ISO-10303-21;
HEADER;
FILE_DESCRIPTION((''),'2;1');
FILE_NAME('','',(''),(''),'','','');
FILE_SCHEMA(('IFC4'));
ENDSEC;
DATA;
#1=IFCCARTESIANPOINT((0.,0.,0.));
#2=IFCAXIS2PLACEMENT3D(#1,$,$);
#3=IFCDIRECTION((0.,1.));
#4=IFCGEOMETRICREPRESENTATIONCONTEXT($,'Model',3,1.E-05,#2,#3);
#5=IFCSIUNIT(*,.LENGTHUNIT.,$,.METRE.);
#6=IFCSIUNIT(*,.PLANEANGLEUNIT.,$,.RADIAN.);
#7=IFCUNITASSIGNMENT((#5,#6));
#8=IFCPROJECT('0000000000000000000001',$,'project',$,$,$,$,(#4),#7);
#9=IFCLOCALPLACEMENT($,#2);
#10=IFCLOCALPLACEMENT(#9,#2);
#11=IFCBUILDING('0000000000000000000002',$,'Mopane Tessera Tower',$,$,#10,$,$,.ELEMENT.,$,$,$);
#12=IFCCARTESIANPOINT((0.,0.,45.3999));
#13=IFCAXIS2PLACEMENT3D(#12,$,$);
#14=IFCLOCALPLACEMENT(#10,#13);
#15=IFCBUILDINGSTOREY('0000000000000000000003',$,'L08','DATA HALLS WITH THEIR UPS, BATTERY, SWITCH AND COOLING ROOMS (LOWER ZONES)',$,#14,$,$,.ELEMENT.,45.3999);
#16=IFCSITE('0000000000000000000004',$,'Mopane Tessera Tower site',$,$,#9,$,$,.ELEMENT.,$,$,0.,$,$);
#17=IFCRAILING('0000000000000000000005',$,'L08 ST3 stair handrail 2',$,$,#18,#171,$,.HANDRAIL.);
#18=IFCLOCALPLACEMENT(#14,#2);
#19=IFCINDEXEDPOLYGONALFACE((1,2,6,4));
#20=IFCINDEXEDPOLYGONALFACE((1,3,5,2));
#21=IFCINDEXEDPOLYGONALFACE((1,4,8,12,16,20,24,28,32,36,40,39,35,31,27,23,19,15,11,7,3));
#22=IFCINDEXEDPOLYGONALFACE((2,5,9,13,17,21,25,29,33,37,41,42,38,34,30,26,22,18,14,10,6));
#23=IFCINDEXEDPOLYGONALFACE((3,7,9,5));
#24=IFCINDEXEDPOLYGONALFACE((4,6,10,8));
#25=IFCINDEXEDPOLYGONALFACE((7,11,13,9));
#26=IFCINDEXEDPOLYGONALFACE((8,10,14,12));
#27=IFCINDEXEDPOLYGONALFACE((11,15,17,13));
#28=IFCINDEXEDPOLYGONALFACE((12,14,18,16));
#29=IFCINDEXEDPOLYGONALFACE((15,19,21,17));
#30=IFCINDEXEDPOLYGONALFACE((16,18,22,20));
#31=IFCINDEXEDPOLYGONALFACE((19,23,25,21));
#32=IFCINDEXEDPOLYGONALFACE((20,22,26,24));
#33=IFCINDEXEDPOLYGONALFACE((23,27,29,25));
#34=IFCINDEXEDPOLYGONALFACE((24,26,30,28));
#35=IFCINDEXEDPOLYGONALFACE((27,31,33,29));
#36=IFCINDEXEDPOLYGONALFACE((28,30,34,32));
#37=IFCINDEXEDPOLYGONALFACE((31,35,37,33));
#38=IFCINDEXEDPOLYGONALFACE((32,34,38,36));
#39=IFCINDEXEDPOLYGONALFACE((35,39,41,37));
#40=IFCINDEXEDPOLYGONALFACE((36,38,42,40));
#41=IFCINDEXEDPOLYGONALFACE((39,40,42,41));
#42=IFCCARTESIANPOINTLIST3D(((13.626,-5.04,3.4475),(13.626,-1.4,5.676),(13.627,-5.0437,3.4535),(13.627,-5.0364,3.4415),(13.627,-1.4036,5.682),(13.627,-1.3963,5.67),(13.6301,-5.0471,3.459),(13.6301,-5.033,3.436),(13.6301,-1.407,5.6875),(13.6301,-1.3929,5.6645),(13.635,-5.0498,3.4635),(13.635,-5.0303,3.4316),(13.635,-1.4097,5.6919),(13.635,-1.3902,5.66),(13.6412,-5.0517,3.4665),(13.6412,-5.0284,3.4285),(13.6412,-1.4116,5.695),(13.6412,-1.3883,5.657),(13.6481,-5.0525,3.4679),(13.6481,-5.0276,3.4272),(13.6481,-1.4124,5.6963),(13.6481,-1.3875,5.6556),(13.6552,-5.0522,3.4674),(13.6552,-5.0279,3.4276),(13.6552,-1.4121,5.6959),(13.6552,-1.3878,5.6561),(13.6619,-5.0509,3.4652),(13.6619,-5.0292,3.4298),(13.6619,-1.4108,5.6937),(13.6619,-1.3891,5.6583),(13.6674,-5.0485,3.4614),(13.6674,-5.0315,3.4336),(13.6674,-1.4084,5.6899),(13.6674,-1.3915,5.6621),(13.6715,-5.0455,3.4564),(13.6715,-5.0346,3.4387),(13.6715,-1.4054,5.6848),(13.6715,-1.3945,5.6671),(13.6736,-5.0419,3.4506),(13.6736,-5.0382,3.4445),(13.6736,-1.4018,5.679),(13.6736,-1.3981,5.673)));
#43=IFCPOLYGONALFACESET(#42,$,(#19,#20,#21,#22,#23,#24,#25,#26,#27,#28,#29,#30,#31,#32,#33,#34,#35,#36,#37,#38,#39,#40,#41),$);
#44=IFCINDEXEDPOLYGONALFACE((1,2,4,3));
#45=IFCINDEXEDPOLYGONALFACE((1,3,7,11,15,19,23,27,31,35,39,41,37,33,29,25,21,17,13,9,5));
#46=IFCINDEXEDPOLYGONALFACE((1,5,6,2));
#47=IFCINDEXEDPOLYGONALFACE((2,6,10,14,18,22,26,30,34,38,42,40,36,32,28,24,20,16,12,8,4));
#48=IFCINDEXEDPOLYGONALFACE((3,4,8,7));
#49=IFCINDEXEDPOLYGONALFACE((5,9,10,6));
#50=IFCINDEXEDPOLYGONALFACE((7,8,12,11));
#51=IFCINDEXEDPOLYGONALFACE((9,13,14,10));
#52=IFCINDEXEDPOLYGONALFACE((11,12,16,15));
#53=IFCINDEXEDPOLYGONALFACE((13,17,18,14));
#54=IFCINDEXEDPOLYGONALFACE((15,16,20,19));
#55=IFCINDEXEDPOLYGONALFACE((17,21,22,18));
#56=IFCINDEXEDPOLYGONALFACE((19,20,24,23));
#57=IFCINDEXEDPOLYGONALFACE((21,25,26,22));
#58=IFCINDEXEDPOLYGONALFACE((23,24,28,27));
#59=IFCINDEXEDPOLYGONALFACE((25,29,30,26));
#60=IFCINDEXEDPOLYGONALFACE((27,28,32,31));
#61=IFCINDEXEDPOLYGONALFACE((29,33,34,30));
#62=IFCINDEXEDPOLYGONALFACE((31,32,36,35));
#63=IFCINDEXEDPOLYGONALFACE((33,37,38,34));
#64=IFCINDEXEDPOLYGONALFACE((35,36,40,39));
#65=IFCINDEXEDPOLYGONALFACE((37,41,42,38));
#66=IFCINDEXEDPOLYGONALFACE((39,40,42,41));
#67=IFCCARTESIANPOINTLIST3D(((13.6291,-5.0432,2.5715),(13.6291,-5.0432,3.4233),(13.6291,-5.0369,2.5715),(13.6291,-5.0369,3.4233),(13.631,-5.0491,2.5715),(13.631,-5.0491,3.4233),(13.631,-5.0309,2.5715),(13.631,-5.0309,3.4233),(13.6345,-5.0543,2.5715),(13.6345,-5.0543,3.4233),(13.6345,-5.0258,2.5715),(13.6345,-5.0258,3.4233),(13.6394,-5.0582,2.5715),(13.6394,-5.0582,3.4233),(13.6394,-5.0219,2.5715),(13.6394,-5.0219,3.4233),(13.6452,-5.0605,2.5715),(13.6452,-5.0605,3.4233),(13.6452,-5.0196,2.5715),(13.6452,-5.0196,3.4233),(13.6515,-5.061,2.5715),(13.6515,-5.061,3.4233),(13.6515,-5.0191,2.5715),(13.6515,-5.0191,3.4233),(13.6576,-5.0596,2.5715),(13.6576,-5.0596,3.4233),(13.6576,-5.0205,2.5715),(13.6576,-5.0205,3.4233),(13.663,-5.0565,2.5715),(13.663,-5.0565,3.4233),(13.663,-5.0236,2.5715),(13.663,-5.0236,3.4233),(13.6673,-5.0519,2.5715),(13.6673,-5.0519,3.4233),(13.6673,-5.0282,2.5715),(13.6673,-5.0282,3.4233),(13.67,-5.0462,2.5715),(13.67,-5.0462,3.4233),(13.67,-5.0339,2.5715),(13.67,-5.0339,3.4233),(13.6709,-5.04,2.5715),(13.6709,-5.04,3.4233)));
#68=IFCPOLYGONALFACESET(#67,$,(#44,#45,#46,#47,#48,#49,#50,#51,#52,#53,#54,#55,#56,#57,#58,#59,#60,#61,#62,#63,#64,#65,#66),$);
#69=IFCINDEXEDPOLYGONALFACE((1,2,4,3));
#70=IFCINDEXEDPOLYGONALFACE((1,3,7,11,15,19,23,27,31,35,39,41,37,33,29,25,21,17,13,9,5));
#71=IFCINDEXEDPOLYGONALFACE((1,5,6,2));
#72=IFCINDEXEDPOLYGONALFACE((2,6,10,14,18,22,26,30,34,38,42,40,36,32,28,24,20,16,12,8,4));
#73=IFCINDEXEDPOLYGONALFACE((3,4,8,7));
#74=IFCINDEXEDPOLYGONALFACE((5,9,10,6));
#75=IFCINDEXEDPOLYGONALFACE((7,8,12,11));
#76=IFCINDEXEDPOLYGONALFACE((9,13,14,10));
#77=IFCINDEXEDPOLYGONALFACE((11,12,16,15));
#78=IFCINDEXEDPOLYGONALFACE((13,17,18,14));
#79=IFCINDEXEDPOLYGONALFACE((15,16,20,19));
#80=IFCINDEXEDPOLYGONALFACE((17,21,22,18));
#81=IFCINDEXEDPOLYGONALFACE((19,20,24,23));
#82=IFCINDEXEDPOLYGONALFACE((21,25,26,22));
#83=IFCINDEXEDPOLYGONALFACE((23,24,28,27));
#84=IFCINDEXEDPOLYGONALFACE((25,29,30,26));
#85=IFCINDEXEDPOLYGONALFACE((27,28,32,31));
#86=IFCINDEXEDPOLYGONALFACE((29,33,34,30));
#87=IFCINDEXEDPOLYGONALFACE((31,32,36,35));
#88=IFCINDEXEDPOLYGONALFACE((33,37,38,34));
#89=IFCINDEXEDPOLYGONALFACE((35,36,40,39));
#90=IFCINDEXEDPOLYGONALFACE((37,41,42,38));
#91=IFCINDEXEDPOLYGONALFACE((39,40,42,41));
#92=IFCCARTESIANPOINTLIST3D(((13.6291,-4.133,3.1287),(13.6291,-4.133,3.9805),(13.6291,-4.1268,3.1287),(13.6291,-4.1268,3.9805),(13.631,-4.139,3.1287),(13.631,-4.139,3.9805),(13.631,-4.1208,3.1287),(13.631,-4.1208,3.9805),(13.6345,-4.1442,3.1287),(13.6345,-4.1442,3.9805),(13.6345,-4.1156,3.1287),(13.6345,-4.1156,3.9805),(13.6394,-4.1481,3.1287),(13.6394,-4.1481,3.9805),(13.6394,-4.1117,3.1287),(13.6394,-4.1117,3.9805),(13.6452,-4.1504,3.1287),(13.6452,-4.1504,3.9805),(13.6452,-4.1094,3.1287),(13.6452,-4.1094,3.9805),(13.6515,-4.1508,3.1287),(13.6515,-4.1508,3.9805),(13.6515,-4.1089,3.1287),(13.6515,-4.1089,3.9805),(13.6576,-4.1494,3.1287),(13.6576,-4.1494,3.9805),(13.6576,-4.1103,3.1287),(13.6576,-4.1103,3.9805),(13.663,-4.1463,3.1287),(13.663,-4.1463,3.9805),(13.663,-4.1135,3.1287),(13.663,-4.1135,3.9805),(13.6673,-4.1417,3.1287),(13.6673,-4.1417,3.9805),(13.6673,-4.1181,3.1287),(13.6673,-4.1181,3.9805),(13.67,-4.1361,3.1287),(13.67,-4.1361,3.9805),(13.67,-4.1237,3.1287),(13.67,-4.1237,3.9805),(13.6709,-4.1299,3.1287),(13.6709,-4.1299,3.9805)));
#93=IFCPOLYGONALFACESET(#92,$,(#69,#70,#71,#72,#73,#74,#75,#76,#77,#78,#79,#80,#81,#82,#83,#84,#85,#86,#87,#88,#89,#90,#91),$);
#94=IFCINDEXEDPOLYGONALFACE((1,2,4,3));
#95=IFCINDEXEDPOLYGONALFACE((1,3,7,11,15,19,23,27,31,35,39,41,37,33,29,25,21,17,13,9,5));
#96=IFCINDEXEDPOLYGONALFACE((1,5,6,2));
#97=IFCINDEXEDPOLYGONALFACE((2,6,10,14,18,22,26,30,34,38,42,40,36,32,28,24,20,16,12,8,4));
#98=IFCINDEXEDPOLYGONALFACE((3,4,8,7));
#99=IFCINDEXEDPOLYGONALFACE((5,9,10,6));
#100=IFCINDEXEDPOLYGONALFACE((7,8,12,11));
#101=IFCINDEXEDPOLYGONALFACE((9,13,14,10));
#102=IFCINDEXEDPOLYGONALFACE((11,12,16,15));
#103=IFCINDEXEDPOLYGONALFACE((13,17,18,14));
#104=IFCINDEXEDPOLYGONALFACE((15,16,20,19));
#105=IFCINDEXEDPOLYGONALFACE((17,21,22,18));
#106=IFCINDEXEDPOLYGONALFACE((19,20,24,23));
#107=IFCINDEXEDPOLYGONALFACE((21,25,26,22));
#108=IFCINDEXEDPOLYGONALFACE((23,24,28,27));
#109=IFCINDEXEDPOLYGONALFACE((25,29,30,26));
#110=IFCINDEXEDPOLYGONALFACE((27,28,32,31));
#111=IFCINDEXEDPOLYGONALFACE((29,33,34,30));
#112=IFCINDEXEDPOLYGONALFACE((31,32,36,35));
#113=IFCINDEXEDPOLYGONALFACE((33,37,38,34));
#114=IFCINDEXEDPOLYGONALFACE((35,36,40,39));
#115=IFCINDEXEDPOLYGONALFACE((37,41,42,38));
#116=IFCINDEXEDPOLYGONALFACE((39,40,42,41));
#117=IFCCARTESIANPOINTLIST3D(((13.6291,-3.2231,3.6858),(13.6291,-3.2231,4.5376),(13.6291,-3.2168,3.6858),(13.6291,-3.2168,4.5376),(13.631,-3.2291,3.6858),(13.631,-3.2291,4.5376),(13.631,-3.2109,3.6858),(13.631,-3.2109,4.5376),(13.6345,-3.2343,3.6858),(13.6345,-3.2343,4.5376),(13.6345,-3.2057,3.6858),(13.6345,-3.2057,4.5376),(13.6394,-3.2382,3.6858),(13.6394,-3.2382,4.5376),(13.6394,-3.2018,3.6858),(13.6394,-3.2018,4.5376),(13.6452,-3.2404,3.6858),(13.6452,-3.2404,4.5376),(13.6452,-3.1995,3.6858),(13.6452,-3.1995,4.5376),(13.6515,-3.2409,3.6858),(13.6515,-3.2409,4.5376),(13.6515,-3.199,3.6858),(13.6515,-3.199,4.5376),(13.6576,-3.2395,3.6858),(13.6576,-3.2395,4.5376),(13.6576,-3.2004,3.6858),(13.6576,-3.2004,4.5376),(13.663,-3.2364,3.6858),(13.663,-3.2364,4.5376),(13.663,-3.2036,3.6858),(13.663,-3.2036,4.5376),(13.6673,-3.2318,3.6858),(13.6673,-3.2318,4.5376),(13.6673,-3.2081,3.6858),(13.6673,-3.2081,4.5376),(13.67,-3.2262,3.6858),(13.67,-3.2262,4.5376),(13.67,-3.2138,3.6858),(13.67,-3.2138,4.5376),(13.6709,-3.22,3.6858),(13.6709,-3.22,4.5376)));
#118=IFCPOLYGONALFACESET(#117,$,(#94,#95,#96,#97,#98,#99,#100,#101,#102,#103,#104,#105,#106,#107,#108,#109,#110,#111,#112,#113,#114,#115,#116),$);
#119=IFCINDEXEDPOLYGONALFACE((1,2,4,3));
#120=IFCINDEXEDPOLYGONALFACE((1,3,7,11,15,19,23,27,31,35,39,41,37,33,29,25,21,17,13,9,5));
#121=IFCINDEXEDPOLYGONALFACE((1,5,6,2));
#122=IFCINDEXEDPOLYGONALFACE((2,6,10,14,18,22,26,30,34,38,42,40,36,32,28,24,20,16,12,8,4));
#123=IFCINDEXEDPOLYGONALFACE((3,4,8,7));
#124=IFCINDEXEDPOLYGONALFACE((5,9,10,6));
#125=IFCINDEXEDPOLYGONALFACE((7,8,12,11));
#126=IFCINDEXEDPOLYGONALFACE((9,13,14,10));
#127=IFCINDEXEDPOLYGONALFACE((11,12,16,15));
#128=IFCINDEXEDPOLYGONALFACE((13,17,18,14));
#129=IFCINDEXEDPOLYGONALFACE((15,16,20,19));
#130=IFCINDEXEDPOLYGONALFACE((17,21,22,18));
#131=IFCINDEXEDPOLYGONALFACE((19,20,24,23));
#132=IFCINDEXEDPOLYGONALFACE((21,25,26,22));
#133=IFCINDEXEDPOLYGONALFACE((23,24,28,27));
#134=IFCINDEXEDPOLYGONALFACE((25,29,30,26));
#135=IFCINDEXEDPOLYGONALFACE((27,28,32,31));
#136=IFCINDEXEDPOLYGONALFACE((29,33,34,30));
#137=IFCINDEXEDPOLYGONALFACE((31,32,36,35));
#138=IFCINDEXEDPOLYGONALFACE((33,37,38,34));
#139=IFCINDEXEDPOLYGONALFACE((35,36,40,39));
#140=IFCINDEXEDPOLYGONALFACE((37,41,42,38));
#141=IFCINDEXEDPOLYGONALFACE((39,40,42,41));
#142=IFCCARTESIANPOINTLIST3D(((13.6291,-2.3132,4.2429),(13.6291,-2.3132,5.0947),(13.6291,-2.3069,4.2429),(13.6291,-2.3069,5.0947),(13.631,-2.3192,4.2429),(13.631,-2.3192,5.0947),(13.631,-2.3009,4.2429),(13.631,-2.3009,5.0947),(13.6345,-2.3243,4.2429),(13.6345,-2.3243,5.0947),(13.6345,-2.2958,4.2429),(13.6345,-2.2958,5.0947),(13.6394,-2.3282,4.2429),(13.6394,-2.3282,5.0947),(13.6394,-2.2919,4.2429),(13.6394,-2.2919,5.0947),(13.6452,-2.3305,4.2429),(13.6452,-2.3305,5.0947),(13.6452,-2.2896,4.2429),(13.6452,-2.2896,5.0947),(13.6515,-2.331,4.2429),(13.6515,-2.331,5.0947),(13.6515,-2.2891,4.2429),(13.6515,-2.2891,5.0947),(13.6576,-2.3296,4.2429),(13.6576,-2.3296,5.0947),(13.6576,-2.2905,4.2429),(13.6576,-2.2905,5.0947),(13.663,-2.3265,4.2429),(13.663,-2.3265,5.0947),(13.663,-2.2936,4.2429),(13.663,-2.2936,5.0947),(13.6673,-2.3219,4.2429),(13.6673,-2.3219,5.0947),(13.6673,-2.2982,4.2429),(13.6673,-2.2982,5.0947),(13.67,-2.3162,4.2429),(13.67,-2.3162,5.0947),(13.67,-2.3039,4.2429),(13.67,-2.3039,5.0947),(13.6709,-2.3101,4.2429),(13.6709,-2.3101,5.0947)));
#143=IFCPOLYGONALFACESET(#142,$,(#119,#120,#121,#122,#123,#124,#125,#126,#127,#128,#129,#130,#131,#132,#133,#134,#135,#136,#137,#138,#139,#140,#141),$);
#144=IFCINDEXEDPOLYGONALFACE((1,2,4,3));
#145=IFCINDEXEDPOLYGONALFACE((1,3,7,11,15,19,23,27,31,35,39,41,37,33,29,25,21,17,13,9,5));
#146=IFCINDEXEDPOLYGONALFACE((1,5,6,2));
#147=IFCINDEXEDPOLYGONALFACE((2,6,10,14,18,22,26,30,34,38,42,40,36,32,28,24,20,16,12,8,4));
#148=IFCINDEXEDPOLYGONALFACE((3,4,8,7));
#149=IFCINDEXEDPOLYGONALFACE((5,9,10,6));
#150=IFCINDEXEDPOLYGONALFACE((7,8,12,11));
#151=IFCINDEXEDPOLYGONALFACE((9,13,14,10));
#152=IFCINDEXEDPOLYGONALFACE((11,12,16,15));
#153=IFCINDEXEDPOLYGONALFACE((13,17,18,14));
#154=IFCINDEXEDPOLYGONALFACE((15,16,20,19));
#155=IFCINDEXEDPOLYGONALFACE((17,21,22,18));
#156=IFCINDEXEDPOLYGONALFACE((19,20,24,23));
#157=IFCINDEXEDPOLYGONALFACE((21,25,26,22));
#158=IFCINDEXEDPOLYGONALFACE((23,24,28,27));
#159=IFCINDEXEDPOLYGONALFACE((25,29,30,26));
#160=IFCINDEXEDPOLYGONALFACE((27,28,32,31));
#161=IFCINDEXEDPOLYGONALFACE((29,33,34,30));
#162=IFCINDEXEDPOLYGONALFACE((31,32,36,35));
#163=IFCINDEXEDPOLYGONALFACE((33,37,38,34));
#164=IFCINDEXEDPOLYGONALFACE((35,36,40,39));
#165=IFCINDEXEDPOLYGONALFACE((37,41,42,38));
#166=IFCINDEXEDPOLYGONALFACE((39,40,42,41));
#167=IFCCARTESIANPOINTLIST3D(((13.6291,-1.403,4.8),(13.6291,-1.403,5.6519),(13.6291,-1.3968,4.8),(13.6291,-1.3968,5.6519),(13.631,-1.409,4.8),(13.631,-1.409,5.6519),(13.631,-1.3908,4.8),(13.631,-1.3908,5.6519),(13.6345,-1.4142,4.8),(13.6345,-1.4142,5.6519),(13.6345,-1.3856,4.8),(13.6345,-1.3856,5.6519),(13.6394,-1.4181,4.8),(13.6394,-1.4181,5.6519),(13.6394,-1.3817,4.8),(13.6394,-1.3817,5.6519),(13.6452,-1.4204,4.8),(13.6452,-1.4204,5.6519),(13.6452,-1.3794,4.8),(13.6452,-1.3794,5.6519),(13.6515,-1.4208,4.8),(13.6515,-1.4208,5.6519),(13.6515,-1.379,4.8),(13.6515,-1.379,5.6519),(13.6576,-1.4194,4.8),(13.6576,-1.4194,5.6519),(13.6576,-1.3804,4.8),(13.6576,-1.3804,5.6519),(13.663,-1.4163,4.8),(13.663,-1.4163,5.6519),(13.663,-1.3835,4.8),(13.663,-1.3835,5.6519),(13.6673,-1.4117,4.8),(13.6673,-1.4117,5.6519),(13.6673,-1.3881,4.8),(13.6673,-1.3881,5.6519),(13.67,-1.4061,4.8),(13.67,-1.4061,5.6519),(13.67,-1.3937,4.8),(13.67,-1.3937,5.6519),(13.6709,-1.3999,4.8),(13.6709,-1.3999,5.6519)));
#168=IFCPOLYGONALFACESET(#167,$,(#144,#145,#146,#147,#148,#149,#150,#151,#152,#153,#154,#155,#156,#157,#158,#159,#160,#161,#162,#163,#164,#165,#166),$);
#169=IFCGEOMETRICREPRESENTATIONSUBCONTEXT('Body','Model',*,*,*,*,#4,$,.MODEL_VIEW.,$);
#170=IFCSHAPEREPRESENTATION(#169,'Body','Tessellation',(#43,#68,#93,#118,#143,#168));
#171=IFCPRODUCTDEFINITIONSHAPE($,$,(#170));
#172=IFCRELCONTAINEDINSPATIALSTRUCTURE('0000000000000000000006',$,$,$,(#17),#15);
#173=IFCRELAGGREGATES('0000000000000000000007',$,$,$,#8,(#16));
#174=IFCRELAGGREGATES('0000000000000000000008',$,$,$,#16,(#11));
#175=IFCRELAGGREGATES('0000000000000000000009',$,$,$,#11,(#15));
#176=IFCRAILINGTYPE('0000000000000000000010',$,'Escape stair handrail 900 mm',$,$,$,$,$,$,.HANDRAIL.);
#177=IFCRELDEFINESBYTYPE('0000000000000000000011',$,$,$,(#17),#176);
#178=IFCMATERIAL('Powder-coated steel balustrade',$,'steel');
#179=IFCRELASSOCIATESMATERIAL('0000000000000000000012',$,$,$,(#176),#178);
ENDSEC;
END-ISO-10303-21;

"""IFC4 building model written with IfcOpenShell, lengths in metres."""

from ifc_helpers import new_model, si_unit, direction, frame, origin, origin_2d, place, context, subcontext, project, spatial, circle, extrude, material, type_object, element, save


model = new_model("IFC4")

# Units and contexts
model_context = context("Model", 3, precision=1e-05, world=origin(), true_north=direction((0.0, 1.0)))
body_context = subcontext(model_context, "Body", "Model", "MODEL_VIEW")
ifc_project = project(units=[si_unit("LENGTHUNIT", "METRE"), si_unit("PLANEANGLEUNIT", "RADIAN")], contexts=[model_context])

# Site, building, storey
site_placement = place(None, origin())
site = spatial("IfcSite", under=ifc_project, at=site_placement, Name="Mopane Tessera Tower site", CompositionType="ELEMENT", RefElevation=0.0)
building_placement = place(site_placement, origin())
building = spatial("IfcBuilding", under=site, at=building_placement, Name="Mopane Tessera Tower", CompositionType="ELEMENT")
storey_placement = place(building_placement, frame((0.0, 0.0, 45.3999)))
storey = spatial("IfcBuildingStorey", under=building, at=storey_placement, Name="L08", Description="DATA HALLS WITH THEIR UPS, BATTERY, SWITCH AND COOLING ROOMS (LOWER ZONES)", CompositionType="ELEMENT", Elevation=45.3999)

# Railing
ifc_material_1 = material(Name="Powder-coated steel balustrade", Category="steel")
railing_type_1 = type_object("IfcRailingType", Name="Escape stair handrail 900 mm", PredefinedType="HANDRAIL", material=ifc_material_1)
railing_1_placement = place(storey_placement, frame((13.6499, -5.04, 2.5715)))
element("IfcRailing", 1, at=railing_1_placement, inside=storey, type_object=railing_type_1, Name="L08 ST3 stair handrail 2", PredefinedType="HANDRAIL", context=body_context, shape_type="SweptSolid", body=[
    extrude(circle(Radius=0.0239, at=origin_2d()), frame((0.0, 0.0, 0.876), z_axis=(0.0, 0.852866, 0.52213), x_axis=(-1.0, 0.0, 0.0)), (0.0, 0.0, 1.0), 4.2681),
    extrude(circle(Radius=0.021, at=origin_2d()), origin(), (0.0, 0.0, 1.0), 0.8518),
    extrude(circle(Radius=0.021, at=origin_2d()), frame((0.0, 0.9102, 0.5571)), (0.0, 0.0, 1.0), 0.8518),
    extrude(circle(Radius=0.021, at=origin_2d()), frame((0.0, 1.8201, 1.1143)), (0.0, 0.0, 1.0), 0.8518),
    extrude(circle(Radius=0.021, at=origin_2d()), frame((0.0, 2.73, 1.6714)), (0.0, 0.0, 1.0), 0.8518),
    extrude(circle(Radius=0.021, at=origin_2d()), frame((0.0, 3.6401, 2.2285)), (0.0, 0.0, 1.0), 0.8518),
])

save(model, "model.ifc")
